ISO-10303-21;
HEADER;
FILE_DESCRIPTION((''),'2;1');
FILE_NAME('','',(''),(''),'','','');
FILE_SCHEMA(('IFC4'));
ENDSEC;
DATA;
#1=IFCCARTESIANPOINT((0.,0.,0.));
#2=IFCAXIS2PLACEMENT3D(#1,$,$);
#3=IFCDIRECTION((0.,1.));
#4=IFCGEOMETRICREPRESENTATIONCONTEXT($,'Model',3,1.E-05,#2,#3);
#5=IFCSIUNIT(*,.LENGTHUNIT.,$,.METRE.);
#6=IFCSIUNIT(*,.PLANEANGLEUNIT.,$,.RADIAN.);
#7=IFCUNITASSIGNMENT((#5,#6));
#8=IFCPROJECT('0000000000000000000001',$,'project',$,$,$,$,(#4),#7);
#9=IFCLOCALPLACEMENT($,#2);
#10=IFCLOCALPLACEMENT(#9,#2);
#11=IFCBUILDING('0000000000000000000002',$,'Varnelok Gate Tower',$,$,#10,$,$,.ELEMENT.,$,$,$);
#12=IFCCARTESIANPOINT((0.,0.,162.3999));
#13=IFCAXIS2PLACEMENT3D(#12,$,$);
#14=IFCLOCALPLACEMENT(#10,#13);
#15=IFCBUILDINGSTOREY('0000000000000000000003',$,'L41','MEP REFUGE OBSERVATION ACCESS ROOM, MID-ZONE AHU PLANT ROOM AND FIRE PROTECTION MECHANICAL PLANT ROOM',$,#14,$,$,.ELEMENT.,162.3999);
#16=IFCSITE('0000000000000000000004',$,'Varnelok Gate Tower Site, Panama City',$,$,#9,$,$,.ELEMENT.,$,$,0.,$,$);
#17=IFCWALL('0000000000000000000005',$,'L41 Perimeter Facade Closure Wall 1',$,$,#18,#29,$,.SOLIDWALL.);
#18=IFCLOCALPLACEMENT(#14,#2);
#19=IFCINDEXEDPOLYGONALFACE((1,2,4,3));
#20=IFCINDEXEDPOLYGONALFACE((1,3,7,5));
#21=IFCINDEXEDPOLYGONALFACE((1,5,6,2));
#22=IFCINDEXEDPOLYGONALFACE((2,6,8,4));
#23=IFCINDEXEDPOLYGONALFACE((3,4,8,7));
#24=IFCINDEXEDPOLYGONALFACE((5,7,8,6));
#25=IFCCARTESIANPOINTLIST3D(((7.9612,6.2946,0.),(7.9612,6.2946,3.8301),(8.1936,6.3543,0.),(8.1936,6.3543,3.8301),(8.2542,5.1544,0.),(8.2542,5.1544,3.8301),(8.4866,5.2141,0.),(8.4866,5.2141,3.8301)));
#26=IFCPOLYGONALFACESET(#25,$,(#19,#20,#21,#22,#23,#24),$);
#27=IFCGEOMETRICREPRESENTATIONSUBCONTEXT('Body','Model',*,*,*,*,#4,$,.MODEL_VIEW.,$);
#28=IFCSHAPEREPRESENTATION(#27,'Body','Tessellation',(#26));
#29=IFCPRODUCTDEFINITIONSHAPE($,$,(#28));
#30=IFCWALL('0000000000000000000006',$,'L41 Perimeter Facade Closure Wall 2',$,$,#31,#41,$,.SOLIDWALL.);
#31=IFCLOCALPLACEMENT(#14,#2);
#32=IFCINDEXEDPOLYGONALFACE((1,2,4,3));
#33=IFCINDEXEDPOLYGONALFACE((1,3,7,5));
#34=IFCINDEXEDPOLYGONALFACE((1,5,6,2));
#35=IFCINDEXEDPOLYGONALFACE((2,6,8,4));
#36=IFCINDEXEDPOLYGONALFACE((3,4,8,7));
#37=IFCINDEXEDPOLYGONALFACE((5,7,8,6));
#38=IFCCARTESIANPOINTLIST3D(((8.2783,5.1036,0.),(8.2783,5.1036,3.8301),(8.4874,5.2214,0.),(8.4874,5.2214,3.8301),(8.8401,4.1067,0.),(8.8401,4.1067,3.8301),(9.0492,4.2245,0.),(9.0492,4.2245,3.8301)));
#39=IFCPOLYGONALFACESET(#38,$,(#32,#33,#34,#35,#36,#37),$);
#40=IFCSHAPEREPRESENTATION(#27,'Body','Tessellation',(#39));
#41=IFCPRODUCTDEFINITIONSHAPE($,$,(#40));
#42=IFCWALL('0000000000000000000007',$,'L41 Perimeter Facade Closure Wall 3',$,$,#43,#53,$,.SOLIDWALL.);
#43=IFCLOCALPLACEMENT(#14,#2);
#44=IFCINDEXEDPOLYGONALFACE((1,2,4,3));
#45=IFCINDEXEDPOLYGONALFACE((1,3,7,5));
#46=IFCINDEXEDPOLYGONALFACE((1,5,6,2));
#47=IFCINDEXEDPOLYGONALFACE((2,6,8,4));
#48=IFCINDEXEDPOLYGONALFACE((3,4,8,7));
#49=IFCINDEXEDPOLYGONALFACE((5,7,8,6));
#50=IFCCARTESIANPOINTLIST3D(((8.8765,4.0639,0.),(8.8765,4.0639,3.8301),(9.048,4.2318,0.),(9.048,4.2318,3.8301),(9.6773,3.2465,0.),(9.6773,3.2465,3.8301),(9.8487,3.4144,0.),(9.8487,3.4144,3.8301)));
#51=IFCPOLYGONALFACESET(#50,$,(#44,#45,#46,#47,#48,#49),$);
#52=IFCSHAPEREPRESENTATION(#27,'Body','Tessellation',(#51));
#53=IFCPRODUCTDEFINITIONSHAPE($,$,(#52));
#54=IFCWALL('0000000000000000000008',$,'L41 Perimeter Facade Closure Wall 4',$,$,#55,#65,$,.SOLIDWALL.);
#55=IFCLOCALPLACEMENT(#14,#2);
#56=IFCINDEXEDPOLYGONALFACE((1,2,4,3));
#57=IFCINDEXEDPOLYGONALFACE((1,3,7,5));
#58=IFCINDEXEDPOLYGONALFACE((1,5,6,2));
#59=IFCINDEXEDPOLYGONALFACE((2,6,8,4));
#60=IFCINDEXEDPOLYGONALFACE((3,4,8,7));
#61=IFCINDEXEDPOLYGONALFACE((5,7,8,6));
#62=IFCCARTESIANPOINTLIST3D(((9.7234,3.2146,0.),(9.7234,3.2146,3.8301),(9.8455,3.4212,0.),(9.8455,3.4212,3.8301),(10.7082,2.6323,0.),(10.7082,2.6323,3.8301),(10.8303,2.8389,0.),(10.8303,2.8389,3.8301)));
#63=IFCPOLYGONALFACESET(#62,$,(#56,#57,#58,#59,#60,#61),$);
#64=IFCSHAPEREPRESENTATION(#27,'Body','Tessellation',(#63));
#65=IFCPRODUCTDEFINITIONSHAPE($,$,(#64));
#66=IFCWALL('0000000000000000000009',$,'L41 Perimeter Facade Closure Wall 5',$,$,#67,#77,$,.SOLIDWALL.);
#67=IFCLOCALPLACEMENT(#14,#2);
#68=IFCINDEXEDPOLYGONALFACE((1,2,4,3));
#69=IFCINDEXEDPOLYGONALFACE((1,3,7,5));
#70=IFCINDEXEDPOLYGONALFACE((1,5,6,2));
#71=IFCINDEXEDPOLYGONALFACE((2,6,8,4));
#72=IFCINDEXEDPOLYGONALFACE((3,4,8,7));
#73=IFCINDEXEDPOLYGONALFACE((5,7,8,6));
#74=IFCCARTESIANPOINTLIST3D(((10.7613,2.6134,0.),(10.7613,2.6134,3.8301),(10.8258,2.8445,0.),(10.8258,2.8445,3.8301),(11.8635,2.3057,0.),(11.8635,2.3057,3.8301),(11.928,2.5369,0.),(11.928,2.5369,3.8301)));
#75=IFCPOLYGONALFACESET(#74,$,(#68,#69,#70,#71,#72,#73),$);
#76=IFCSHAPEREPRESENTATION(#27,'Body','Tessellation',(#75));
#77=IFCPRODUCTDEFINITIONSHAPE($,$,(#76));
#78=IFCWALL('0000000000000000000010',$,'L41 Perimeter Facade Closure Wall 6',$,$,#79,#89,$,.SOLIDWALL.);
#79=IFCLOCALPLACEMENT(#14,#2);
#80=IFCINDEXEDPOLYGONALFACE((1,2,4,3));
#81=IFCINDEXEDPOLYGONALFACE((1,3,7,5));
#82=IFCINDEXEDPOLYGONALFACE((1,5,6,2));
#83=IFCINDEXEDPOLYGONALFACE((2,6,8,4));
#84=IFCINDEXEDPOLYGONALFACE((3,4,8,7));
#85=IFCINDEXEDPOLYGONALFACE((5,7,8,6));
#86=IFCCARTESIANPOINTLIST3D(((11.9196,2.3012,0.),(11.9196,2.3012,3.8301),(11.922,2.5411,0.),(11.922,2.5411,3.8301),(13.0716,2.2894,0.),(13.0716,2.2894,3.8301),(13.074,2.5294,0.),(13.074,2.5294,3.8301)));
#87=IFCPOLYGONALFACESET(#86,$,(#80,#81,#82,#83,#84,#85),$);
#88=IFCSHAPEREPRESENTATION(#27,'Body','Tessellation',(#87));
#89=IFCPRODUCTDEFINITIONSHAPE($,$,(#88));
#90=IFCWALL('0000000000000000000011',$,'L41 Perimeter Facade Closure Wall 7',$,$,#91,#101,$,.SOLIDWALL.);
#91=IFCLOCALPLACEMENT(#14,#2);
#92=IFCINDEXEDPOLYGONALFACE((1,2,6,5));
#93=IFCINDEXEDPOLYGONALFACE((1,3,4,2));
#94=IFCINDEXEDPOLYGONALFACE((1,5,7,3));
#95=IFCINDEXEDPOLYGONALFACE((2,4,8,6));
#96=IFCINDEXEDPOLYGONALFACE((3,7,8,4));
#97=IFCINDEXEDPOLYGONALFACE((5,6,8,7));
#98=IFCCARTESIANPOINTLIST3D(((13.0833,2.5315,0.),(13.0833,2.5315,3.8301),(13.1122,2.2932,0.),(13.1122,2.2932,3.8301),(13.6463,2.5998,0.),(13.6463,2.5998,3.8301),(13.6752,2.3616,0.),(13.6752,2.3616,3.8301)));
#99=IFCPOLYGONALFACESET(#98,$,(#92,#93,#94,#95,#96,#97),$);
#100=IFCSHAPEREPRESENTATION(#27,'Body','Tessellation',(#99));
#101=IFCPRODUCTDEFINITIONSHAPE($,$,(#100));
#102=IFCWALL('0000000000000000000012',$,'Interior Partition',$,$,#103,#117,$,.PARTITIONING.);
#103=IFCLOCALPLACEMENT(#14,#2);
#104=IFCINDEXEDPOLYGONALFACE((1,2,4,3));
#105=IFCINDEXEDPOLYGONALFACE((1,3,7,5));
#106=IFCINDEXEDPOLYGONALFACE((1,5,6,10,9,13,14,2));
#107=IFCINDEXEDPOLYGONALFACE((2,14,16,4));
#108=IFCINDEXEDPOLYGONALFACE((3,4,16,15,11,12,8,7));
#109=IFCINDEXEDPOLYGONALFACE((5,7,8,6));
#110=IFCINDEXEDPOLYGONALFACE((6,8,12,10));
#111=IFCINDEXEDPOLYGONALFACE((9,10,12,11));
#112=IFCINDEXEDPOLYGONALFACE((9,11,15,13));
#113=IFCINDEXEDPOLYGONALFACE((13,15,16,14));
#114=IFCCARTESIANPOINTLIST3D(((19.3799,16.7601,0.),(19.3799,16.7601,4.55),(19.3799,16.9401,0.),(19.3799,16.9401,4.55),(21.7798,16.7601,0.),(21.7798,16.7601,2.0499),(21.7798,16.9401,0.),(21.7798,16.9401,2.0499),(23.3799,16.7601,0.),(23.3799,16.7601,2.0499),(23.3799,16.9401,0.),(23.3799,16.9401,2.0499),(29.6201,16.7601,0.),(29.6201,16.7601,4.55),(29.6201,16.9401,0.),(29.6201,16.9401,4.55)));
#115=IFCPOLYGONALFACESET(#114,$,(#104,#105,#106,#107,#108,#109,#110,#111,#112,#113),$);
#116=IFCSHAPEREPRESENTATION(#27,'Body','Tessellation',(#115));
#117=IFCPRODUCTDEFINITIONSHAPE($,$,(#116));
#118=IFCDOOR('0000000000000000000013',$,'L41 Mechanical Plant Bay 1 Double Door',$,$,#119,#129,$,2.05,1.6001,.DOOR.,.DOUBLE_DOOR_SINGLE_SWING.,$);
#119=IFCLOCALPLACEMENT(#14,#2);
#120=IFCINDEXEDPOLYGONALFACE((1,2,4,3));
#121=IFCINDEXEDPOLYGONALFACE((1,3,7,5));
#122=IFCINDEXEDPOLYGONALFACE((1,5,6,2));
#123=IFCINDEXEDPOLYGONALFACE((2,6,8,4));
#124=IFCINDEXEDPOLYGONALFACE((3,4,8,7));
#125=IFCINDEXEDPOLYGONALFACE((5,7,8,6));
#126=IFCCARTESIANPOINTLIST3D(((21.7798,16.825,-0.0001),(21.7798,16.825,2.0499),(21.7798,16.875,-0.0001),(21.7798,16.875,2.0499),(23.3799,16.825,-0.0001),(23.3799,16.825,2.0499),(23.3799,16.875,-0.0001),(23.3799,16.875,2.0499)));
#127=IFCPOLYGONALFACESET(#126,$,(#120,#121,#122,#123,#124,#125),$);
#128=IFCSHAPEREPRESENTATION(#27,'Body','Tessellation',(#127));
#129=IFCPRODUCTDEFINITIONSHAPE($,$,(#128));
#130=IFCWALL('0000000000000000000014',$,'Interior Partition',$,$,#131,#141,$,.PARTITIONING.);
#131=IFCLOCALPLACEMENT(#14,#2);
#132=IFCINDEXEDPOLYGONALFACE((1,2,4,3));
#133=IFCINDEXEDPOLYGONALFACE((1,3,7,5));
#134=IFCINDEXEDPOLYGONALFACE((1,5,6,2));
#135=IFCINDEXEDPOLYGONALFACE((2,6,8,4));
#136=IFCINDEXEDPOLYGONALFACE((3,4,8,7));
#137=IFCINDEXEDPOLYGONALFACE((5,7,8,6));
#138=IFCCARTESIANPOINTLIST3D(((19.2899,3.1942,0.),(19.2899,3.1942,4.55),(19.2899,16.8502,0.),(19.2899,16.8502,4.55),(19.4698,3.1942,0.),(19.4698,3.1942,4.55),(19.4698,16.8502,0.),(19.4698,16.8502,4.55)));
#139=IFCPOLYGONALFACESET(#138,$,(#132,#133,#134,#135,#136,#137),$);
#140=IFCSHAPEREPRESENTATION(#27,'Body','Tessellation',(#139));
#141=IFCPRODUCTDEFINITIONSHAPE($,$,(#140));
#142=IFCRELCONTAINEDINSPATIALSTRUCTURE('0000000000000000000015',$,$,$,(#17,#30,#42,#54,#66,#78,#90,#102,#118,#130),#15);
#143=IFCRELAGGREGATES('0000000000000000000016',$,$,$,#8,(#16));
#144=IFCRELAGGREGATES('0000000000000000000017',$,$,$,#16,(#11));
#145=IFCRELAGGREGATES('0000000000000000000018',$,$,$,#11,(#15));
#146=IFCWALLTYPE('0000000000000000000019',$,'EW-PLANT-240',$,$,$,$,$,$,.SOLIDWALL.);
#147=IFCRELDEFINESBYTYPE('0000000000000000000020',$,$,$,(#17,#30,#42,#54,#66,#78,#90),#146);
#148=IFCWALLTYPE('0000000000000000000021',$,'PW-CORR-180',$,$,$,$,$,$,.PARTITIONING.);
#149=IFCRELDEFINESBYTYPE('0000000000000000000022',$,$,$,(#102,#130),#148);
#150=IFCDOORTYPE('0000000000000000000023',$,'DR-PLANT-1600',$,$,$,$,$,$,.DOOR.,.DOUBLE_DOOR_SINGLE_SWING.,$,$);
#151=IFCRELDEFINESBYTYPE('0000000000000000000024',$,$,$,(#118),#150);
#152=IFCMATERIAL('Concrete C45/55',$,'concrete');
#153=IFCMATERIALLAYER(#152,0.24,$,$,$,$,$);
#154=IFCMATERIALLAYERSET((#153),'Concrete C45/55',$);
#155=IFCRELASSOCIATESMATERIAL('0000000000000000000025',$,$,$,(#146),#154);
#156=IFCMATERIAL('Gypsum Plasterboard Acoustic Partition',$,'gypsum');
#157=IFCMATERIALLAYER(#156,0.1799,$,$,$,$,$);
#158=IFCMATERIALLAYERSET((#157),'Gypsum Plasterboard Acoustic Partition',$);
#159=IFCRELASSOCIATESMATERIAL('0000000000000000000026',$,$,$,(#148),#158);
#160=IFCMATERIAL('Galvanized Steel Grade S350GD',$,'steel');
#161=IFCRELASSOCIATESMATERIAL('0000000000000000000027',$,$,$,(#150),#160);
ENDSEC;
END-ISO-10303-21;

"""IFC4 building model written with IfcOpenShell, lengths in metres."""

from ifc_helpers import new_model, si_unit, direction, frame, frame_2d, origin, place, context, subcontext, project, spatial, rectangle, extrude, material, layer, layer_set, type_object, element, fill, save


model = new_model("IFC4")

# Units and contexts
model_context = context("Model", 3, precision=1e-05, world=origin(), true_north=direction((0.0, 1.0)))
body_context = subcontext(model_context, "Body", "Model", "MODEL_VIEW")
ifc_project = project(units=[si_unit("LENGTHUNIT", "METRE"), si_unit("PLANEANGLEUNIT", "RADIAN")], contexts=[model_context])

# Site, building, storey
site_placement = place(None, origin())
site = spatial("IfcSite", under=ifc_project, at=site_placement, Name="Varnelok Gate Tower Site, Panama City", CompositionType="ELEMENT", RefElevation=0.0)
building_placement = place(site_placement, origin())
building = spatial("IfcBuilding", under=site, at=building_placement, Name="Varnelok Gate Tower", CompositionType="ELEMENT")
storey_placement = place(building_placement, frame((0.0, 0.0, 162.3999)))
storey = spatial("IfcBuildingStorey", under=building, at=storey_placement, Name="L41", Description="MEP REFUGE OBSERVATION ACCESS ROOM, MID-ZONE AHU PLANT ROOM AND FIRE PROTECTION MECHANICAL PLANT ROOM", CompositionType="ELEMENT", Elevation=162.3999)

# Shared definitions
ifc_material_1 = material(Name="Concrete C45/55", Category="concrete")

# Walls
ifc_layer_1 = layer(ifc_material_1, 0.24)
ifc_layer_set_1 = layer_set([ifc_layer_1], Name="Concrete C45/55")
wall_type_1 = type_object("IfcWallType", Name="EW-PLANT-240", PredefinedType="SOLIDWALL", material=ifc_layer_set_1)
wall_1_placement = place(storey_placement, frame((8.0774, 6.3245, 0.0), z_axis=(0.0, 0.0, 1.0), x_axis=(0.248874, -0.968536, 0.0)))
element("IfcWall", 1, at=wall_1_placement, inside=storey, type_object=wall_type_1, Name="L41 Perimeter Facade Closure Wall 1", PredefinedType="SOLIDWALL", context=body_context, shape_type="SweptSolid", body=[
    extrude(rectangle(XDim=1.1772, YDim=0.24, at=frame_2d((0.5886, 0.0))), origin(), (0.0, 0.0, 1.0), 3.8301),
])
for number, where, z_axis, x_axis, name in (
    (2, (8.3828, 5.1626, 0.0), (0.0, 0.0, 1.0), (0.49096, -0.871182, 0.0), "L41 Perimeter Facade Closure Wall 2"),
    (3, (8.9622, 4.1479, 0.0), (0.0, 0.0, 1.0), (0.699815, -0.714324, 0.0), "L41 Perimeter Facade Closure Wall 3"),
):
    element("IfcWall", number, at=place(storey_placement, frame(where, z_axis=z_axis, x_axis=x_axis)), inside=storey, type_object=wall_type_1, Name=name, PredefinedType="SOLIDWALL", context=body_context, shape_type="SweptSolid", body=[
        extrude(rectangle(XDim=1.1443, YDim=0.24, at=frame_2d((0.5723, 0.0))), origin(), (0.0, 0.0, 1.0), 3.8301),
    ])
wall_2_placement = place(storey_placement, frame((9.7844, 3.3179, 0.0), z_axis=(0.0, 0.0, 1.0), x_axis=(0.860808, -0.508931, 0.0)))
element("IfcWall", 4, at=wall_2_placement, inside=storey, type_object=wall_type_1, Name="L41 Perimeter Facade Closure Wall 4", PredefinedType="SOLIDWALL", context=body_context, shape_type="SweptSolid", body=[
    extrude(rectangle(XDim=1.144, YDim=0.24, at=frame_2d((0.572, 0.0))), origin(), (0.0, 0.0, 1.0), 3.8301),
])
wall_3_placement = place(storey_placement, frame((10.7935, 2.729, 0.0), z_axis=(0.0, 0.0, 1.0), x_axis=(0.963181, -0.268854, 0.0)))
element("IfcWall", 5, at=wall_3_placement, inside=storey, type_object=wall_type_1, Name="L41 Perimeter Facade Closure Wall 5", PredefinedType="SOLIDWALL", context=body_context, shape_type="SweptSolid", body=[
    extrude(rectangle(XDim=1.1443, YDim=0.24, at=frame_2d((0.5723, 0.0))), origin(), (0.0, 0.0, 1.0), 3.8301),
])
wall_4_placement = place(storey_placement, frame((11.9207, 2.4211, 0.0), z_axis=(0.0, 0.0, 1.0), x_axis=(0.999948, -0.010171, 0.0)))
element("IfcWall", 6, at=wall_4_placement, inside=storey, type_object=wall_type_1, Name="L41 Perimeter Facade Closure Wall 6", PredefinedType="SOLIDWALL", context=body_context, shape_type="SweptSolid", body=[
    extrude(rectangle(XDim=1.1521, YDim=0.24, at=frame_2d((0.5762, 0.0))), origin(), (0.0, 0.0, 1.0), 3.8301),
])
wall_5_placement = place(storey_placement, frame((13.0977, 2.4124, 0.0), z_axis=(0.0, 0.0, 1.0), x_axis=(0.992709, 0.120537, 0.0)))
element("IfcWall", 7, at=wall_5_placement, inside=storey, type_object=wall_type_1, Name="L41 Perimeter Facade Closure Wall 7", PredefinedType="SOLIDWALL", context=body_context, shape_type="SweptSolid", body=[
    extrude(rectangle(XDim=0.5671, YDim=0.24, at=frame_2d((0.2837, 0.0))), origin(), (0.0, 0.0, 1.0), 3.8301),
])

# Wall, opening, door
ifc_material_2 = material(Name="Gypsum Plasterboard Acoustic Partition", Category="gypsum")
ifc_layer_2 = layer(ifc_material_2, 0.1799)
ifc_layer_set_2 = layer_set([ifc_layer_2], Name="Gypsum Plasterboard Acoustic Partition")
wall_type_2 = type_object("IfcWallType", Name="PW-CORR-180", PredefinedType="PARTITIONING", material=ifc_layer_set_2)
wall_6_placement = place(storey_placement, frame((19.3799, 16.8501, 0.0), z_axis=(0.0, 0.0, 1.0), x_axis=(1.0, 0.0, 0.0)))
wall_6 = element("IfcWall", 8, at=wall_6_placement, inside=storey, type_object=wall_type_2, Name="Interior Partition", PredefinedType="PARTITIONING", context=body_context, shape_type="SweptSolid", body=[
    extrude(rectangle(XDim=10.2402, YDim=0.1799, at=frame_2d((5.1201, 0.0))), origin(), (0.0, 0.0, 1.0), 4.55),
])
opening_placement = place(wall_6_placement, frame((2.3999, 0.0, 0.0)))
opening = element("IfcOpeningElement", 9, at=opening_placement, cuts=wall_6, PredefinedType="OPENING", context=body_context, shape_type="SweptSolid", body=[
    extrude(rectangle(XDim=1.6001, YDim=2.05, at=frame_2d((0.8, 1.0249))), frame((0.0, 0.0999, 0.0), z_axis=(0.0, -1.0, 0.0), x_axis=(1.0, 0.0, 0.0)), (0.0, 0.0, 1.0), 0.2),
])
ifc_material_3 = material(Name="Galvanized Steel Grade S350GD", Category="steel")
door_type = type_object("IfcDoorType", Name="DR-PLANT-1600", OperationType="DOUBLE_DOOR_SINGLE_SWING", PredefinedType="DOOR", material=ifc_material_3)
door_placement = place(opening_placement, origin())
door = element("IfcDoor", 10, at=door_placement, inside=storey, type_object=door_type, Name="L41 Mechanical Plant Bay 1 Double Door", OperationType="DOUBLE_DOOR_SINGLE_SWING", OverallHeight=2.05, OverallWidth=1.6001, PredefinedType="DOOR", context=body_context, shape_type="SweptSolid", body=[
    extrude(rectangle(XDim=1.6001, YDim=2.05, at=frame_2d((0.8, 1.0249))), frame((0.0, 0.0249, 0.0), z_axis=(0.0, -1.0, 0.0), x_axis=(1.0, 0.0, 0.0)), (0.0, 0.0, 1.0), 0.05),
])
fill(opening, door)

# Wall
wall_7_placement = place(storey_placement, frame((19.3799, 3.1941, 0.0), z_axis=(0.0, 0.0, 1.0), x_axis=(0.0, 1.0, 0.0)))
element("IfcWall", 11, at=wall_7_placement, inside=storey, type_object=wall_type_2, Name="Interior Partition", PredefinedType="PARTITIONING", context=body_context, shape_type="SweptSolid", body=[
    extrude(rectangle(XDim=13.656, YDim=0.1799, at=frame_2d((6.8281, 0.0))), origin(), (0.0, 0.0, 1.0), 4.55),
])

save(model, "model.ifc")
